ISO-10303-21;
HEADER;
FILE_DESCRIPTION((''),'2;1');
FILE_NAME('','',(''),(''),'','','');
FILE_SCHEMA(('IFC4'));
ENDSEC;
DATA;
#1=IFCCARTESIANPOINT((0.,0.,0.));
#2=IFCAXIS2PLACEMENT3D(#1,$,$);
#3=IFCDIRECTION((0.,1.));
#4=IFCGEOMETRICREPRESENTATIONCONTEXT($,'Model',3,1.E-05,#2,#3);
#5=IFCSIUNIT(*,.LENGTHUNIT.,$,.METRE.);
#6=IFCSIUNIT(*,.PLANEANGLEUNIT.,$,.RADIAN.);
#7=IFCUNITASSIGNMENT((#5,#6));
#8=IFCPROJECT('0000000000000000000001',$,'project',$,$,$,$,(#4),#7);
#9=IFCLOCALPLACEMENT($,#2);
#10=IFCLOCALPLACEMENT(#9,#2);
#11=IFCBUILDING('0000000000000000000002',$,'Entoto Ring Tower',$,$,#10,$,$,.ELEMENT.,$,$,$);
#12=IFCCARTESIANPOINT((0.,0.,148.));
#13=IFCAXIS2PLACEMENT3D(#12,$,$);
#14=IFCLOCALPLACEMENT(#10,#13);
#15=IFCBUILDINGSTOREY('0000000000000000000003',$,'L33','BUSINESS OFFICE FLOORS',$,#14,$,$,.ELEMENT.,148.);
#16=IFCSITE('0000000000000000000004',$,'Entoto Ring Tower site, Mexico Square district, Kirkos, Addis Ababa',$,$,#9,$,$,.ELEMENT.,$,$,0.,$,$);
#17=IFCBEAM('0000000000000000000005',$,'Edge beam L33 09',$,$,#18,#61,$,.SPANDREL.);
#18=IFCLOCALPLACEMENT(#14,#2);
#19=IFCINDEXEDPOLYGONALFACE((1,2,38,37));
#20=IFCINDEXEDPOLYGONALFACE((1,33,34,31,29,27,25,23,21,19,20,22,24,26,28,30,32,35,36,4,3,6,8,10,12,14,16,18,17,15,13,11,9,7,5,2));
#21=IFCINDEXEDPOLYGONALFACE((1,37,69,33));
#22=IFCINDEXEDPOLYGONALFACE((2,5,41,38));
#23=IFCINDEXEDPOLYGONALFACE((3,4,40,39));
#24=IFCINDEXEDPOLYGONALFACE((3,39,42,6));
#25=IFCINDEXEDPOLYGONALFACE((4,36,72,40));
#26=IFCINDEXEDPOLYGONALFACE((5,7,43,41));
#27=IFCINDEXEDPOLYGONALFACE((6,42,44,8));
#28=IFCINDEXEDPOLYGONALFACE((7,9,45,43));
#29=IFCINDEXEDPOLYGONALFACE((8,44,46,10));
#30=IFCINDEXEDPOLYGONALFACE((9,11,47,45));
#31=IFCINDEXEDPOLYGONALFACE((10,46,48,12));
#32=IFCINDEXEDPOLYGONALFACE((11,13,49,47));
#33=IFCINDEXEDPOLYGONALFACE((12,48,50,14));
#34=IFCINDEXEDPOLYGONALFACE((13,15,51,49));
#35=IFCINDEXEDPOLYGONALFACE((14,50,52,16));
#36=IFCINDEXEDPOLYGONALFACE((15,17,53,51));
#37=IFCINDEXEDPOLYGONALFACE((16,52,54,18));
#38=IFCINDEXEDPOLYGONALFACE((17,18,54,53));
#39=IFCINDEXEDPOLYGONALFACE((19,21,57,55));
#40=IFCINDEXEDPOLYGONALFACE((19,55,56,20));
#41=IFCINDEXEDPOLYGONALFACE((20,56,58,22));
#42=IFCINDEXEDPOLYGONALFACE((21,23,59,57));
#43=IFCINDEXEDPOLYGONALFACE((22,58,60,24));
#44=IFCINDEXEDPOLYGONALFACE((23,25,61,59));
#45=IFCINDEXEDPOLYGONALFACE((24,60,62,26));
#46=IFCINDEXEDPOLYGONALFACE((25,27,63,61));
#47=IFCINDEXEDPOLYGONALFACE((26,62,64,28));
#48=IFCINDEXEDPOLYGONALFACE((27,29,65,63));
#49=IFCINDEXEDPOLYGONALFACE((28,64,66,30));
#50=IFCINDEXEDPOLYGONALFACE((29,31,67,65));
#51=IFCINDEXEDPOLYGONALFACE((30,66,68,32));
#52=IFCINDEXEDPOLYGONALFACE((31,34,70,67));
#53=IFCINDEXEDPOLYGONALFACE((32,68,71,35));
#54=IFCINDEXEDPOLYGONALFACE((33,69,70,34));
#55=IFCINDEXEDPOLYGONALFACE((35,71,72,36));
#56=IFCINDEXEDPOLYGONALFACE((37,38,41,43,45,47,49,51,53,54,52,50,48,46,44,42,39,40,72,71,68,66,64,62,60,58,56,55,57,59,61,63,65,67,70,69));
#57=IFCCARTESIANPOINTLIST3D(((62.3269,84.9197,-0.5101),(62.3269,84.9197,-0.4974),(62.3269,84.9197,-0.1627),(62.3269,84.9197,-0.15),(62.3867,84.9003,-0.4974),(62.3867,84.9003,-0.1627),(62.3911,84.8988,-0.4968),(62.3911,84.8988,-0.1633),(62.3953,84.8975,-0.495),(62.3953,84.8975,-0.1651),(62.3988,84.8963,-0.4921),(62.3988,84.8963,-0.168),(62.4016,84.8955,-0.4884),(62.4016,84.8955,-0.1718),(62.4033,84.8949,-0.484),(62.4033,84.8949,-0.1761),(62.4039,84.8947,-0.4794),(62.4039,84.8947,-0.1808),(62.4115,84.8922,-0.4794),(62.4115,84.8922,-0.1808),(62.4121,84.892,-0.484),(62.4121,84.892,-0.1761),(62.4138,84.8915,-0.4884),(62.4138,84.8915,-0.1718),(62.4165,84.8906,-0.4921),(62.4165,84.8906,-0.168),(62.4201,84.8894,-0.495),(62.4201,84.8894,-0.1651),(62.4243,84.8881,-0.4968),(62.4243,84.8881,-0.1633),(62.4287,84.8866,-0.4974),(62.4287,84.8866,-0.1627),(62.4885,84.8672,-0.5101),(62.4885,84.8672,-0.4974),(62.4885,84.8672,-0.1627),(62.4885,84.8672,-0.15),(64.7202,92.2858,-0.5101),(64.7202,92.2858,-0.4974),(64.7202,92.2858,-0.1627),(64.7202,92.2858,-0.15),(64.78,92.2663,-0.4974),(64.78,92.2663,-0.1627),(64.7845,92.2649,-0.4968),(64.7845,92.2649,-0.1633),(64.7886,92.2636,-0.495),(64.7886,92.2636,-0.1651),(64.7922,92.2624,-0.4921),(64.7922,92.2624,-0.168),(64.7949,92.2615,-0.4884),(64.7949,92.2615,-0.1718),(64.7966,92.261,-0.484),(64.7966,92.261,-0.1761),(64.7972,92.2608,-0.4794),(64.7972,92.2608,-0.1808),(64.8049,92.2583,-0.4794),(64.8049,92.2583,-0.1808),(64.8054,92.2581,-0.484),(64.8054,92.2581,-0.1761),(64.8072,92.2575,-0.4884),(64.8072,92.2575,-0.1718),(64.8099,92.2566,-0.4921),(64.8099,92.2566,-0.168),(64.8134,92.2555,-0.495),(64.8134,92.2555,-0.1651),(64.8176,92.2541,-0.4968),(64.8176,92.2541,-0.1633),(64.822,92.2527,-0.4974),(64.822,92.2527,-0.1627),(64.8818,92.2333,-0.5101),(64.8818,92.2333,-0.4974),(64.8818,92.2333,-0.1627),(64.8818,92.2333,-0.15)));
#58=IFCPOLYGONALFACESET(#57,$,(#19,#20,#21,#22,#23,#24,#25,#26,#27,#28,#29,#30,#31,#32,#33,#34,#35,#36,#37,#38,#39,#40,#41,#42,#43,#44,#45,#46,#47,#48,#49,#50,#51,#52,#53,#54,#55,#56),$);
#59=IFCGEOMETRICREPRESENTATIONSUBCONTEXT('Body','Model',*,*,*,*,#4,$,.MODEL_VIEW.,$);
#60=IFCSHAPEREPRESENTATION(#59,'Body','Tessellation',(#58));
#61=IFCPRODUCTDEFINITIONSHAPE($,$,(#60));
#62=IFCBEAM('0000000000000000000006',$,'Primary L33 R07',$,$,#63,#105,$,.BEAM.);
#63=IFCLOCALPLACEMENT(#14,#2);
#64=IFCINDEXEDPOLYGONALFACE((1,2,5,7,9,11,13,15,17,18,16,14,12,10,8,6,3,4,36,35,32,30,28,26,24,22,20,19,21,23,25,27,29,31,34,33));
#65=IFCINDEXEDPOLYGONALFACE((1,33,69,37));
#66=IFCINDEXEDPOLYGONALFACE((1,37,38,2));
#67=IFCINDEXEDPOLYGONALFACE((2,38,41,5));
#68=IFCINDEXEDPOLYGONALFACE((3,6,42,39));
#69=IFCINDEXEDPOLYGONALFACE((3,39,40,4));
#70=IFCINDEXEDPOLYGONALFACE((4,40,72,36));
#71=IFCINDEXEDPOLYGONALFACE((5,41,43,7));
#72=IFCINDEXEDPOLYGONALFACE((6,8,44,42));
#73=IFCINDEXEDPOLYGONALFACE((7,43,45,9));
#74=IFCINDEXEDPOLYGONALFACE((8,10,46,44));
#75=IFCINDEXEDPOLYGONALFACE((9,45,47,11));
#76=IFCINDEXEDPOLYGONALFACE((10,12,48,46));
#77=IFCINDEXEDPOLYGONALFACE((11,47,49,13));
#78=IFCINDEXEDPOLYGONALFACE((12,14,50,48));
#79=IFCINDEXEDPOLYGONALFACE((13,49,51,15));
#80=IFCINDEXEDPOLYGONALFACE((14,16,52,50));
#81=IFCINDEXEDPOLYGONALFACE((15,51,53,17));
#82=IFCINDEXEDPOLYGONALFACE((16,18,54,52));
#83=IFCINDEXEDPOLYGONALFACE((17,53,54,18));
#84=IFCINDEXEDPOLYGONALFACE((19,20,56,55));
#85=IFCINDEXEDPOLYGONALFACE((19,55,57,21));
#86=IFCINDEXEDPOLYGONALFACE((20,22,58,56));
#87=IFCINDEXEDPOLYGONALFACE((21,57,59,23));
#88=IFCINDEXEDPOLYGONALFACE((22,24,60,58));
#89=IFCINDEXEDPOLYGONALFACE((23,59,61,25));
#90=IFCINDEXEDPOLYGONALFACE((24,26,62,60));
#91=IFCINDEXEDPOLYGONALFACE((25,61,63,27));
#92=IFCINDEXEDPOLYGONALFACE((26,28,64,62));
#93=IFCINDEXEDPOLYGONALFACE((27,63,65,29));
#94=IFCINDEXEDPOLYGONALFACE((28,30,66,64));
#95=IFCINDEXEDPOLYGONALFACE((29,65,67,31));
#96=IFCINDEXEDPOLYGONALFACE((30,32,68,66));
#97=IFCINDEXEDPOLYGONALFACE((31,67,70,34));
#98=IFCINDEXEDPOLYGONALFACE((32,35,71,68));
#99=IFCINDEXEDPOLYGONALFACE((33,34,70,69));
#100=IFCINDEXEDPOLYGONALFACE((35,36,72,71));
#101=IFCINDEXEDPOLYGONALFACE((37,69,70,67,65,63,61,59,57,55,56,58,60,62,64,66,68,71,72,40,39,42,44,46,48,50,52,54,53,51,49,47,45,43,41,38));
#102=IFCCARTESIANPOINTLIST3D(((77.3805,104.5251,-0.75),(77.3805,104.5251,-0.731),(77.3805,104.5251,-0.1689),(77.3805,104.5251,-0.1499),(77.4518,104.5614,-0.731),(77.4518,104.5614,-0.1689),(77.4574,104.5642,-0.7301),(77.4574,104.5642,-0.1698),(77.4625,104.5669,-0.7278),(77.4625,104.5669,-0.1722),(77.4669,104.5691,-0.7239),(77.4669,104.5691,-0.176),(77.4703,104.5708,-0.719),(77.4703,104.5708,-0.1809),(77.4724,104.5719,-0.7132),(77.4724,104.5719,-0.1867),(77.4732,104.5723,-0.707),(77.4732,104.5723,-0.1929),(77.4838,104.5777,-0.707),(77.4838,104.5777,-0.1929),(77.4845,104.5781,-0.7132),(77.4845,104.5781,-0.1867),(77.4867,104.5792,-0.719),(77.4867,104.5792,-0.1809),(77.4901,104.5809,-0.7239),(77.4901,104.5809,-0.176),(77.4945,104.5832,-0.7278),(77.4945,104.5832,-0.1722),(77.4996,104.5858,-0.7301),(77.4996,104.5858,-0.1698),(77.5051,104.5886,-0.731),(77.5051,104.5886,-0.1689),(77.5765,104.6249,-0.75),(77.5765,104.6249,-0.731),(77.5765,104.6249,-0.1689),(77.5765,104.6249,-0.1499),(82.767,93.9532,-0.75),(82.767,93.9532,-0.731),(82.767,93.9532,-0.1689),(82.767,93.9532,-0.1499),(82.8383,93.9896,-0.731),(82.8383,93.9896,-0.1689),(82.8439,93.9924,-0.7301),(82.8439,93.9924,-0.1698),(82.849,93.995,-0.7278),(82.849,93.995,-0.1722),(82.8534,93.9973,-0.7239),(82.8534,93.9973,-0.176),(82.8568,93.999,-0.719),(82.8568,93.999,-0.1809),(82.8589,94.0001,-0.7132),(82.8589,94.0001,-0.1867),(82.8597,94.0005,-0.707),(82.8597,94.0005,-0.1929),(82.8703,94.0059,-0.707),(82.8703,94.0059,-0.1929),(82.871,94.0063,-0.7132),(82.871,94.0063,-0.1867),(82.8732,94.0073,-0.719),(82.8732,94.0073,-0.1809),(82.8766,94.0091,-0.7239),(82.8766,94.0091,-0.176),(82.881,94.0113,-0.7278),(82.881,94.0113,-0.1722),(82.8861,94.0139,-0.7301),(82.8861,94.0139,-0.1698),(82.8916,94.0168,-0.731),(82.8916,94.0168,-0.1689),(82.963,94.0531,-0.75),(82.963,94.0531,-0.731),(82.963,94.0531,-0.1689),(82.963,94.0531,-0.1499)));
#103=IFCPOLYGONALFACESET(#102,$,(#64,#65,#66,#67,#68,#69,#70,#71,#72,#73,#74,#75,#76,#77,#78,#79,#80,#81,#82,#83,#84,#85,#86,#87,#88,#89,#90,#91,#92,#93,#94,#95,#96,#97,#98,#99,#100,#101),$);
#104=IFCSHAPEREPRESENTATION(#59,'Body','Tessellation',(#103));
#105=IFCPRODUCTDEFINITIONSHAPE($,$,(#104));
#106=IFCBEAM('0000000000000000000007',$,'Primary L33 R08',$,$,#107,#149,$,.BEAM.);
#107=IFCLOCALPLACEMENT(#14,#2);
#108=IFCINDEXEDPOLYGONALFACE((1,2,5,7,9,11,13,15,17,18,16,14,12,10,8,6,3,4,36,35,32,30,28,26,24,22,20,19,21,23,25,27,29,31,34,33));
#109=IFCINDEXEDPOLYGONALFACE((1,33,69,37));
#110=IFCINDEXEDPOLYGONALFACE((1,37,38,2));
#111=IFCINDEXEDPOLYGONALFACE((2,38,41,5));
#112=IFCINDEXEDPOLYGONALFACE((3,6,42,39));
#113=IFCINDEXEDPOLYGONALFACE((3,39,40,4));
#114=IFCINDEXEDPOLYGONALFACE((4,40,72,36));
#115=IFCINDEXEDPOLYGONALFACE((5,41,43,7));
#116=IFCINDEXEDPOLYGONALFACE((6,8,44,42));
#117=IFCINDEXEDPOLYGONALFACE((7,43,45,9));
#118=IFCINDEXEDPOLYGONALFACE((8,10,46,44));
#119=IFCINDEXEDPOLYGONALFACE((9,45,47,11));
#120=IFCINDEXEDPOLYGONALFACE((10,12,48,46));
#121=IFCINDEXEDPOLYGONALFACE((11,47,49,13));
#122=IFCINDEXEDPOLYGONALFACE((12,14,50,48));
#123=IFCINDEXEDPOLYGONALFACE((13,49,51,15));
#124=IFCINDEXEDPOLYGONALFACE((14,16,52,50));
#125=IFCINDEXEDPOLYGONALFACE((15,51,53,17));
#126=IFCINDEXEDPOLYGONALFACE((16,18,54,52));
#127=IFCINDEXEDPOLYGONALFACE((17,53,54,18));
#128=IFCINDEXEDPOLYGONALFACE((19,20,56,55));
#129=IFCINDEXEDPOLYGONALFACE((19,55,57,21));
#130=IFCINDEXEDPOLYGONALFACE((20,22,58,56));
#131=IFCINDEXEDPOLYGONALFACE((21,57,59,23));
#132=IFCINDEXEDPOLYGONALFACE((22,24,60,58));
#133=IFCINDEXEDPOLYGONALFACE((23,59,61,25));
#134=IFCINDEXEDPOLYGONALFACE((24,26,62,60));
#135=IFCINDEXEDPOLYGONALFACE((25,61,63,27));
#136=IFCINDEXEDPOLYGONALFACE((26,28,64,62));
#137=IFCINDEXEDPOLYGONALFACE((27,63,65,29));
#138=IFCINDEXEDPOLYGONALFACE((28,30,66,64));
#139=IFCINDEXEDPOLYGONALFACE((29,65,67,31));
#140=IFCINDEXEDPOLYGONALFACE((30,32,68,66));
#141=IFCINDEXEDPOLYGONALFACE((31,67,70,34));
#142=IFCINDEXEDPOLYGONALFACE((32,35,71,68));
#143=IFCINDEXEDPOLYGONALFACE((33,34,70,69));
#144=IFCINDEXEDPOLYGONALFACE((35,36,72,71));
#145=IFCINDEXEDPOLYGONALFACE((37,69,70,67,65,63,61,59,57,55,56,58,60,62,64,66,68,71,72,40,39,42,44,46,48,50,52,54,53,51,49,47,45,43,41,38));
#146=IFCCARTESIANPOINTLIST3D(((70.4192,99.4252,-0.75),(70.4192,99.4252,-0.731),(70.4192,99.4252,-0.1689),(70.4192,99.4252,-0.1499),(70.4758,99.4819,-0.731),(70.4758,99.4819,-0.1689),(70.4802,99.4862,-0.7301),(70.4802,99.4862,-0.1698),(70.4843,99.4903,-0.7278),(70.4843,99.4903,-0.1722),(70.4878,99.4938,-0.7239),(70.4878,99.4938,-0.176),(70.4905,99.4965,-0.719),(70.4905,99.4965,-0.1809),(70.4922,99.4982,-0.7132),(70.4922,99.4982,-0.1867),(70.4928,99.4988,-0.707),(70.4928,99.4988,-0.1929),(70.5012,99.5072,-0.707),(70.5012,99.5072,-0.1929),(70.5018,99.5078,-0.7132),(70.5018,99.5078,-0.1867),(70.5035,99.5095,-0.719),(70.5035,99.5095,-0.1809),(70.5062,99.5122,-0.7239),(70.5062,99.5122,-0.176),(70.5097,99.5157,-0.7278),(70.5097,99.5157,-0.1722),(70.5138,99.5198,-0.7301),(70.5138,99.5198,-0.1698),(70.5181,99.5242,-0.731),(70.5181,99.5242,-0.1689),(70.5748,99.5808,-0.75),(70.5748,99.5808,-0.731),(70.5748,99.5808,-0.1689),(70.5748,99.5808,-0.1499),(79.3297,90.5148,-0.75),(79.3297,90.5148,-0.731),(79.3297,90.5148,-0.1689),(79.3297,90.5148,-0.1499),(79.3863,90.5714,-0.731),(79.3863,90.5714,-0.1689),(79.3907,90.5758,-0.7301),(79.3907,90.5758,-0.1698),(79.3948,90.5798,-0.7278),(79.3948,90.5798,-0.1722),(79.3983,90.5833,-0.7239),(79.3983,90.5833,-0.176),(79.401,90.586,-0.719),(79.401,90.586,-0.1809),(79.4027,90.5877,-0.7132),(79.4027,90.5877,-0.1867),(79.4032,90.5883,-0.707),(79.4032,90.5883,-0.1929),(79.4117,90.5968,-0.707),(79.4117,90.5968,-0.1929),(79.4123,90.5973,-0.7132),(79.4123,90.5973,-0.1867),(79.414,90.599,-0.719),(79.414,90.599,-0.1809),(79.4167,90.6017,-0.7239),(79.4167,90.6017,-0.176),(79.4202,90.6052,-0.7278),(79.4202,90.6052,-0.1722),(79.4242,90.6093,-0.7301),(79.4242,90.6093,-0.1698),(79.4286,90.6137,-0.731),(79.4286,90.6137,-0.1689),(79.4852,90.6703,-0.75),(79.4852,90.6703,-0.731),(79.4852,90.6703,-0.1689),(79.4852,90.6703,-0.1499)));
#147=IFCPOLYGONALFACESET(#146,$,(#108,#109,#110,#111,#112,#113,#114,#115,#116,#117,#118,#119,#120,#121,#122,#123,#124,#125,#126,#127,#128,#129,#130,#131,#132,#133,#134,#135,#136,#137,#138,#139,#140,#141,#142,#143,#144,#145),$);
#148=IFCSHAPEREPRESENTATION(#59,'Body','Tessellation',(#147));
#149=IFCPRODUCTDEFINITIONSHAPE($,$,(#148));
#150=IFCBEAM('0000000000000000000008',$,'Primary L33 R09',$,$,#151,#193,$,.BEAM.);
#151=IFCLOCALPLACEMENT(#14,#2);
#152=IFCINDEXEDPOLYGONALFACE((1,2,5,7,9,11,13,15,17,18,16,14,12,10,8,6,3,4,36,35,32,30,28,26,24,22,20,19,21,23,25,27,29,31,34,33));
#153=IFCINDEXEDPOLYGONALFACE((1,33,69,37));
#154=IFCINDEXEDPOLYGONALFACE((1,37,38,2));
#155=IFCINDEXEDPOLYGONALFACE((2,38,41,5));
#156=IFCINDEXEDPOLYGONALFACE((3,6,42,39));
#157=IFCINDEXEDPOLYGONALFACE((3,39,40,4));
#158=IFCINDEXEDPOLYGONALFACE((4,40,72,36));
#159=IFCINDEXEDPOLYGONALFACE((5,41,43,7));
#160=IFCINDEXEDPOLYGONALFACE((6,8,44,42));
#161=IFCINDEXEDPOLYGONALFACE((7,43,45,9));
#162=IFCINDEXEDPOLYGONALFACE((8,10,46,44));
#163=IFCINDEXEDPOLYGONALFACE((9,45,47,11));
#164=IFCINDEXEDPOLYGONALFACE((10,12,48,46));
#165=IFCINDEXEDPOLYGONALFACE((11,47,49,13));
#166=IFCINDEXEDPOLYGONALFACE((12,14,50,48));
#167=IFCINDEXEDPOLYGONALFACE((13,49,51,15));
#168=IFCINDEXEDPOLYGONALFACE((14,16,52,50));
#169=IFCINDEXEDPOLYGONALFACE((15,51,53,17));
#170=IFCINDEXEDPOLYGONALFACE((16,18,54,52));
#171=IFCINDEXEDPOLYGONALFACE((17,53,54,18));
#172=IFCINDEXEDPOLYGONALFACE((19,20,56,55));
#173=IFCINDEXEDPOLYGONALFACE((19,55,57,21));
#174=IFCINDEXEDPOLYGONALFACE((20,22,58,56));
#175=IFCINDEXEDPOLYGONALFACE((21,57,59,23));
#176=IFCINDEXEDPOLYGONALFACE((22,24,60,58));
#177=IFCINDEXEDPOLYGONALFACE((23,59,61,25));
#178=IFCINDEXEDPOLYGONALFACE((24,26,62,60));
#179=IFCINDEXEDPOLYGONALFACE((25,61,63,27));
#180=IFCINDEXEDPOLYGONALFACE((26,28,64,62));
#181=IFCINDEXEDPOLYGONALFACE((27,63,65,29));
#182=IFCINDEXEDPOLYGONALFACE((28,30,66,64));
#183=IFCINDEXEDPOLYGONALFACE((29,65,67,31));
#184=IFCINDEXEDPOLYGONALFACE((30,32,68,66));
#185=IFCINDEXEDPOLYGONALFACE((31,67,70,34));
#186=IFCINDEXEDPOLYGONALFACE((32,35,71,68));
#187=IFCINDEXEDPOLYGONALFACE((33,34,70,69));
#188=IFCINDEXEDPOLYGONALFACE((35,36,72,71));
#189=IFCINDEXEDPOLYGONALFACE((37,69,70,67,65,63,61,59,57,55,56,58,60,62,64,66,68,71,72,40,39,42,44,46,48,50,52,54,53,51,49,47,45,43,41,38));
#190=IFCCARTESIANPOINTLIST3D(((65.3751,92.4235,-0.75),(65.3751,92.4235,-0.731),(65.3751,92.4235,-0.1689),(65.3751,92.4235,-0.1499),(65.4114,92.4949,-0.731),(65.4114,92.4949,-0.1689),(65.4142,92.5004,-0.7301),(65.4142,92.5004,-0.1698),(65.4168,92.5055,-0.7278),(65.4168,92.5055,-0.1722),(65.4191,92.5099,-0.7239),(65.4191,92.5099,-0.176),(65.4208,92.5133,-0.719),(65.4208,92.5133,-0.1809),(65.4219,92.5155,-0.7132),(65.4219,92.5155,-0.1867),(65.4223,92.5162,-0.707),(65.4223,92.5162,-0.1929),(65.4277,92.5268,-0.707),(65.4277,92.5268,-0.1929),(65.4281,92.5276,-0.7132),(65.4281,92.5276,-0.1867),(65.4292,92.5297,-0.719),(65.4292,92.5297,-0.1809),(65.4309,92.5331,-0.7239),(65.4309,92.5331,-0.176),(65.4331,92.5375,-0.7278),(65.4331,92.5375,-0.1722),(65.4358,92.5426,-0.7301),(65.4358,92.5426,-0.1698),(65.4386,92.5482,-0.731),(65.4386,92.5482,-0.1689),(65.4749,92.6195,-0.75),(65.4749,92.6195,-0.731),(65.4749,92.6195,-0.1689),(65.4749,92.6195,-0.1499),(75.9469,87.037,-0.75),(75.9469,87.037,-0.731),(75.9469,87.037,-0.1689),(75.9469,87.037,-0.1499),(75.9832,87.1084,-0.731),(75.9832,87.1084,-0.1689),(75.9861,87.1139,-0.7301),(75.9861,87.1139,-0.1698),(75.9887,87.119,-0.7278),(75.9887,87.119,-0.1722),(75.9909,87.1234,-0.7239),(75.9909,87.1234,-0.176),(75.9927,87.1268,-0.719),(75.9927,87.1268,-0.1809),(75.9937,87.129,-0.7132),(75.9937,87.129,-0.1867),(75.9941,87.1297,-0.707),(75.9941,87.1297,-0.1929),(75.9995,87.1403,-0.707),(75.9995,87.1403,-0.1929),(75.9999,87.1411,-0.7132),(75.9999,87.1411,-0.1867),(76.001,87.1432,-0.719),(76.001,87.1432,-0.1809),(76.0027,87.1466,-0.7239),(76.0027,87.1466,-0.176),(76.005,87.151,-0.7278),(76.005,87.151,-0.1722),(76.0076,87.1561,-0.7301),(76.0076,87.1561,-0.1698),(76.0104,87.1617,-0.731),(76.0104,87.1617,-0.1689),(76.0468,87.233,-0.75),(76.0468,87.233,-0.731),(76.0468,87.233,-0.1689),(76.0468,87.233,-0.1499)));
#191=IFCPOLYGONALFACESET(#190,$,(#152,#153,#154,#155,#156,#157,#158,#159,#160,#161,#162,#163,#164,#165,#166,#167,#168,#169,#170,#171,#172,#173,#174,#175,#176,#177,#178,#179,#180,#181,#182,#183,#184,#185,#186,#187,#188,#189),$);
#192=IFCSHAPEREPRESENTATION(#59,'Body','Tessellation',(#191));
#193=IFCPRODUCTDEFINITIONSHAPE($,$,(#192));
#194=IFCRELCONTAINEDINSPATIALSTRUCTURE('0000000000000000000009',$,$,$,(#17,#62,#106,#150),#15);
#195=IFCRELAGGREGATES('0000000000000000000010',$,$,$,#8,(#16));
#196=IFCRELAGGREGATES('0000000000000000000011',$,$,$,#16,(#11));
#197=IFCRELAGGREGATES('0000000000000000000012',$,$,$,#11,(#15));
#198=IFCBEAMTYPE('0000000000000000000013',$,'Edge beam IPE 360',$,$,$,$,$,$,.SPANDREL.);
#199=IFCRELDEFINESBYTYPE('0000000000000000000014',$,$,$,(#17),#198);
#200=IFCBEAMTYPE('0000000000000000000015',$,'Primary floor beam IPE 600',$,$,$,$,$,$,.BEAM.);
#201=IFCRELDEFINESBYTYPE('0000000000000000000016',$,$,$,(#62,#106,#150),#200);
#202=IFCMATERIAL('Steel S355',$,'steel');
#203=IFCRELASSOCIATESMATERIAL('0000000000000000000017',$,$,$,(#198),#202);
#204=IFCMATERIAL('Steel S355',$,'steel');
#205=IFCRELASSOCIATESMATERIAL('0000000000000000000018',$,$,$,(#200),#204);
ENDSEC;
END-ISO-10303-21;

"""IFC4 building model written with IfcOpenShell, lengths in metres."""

from ifc_helpers import new_model, si_unit, direction, frame, origin, origin_2d, place, context, subcontext, project, spatial, i_section, extrude, material, material_profile, profile_set, type_object, element, save


model = new_model("IFC4")

# Units and contexts
model_context = context("Model", 3, precision=1e-05, world=origin(), true_north=direction((0.0, 1.0)))
body_context = subcontext(model_context, "Body", "Model", "MODEL_VIEW")
ifc_project = project(units=[si_unit("LENGTHUNIT", "METRE"), si_unit("PLANEANGLEUNIT", "RADIAN")], contexts=[model_context])

# Site, building, storey
site_placement = place(None, origin())
site = spatial("IfcSite", under=ifc_project, at=site_placement, Name="Entoto Ring Tower site, Mexico Square district, Kirkos, Addis Ababa", CompositionType="ELEMENT", RefElevation=0.0)
building_placement = place(site_placement, origin())
building = spatial("IfcBuilding", under=site, at=building_placement, Name="Entoto Ring Tower", CompositionType="ELEMENT")
storey_placement = place(building_placement, frame((0.0, 0.0, 148.0)))
storey = spatial("IfcBuildingStorey", under=building, at=storey_placement, Name="L33", Description="BUSINESS OFFICE FLOORS", CompositionType="ELEMENT", Elevation=148.0)

# Beams
ifc_material_1 = material(Name="Steel S355", Category="steel")
ifc_material_profile_1 = material_profile(ifc_material_1, i_section(OverallWidth=0.1699, OverallDepth=0.3601, WebThickness=0.0081, FlangeThickness=0.0127, FilletRadius=0.0181, at=origin_2d()), Name="IPE 360")
ifc_profile_set_1 = profile_set([ifc_material_profile_1], Name="Steel S355")
beam_type_1 = type_object("IfcBeamType", Name="Edge beam IPE 360", PredefinedType="SPANDREL", material=ifc_profile_set_1)
for number, where, z_axis, x_axis, name in (
    (1, (64.801, 92.2595, -0.3301), (-0.309013, -0.951058, 0.0), (0.951058, -0.309013, 0.0), "Edge beam L33 09"),
):
    element("IfcBeam", number, at=place(storey_placement, frame(where, z_axis=z_axis, x_axis=x_axis)), inside=storey, type_object=beam_type_1, Name=name, PredefinedType="SPANDREL", context=body_context, shape_type="SweptSolid", body=[
        extrude(i_section(OverallWidth=0.1699, OverallDepth=0.3601, WebThickness=0.0081, FlangeThickness=0.0127, FilletRadius=0.0181, at=origin_2d()), origin(), (0.0, 0.0, 1.0), 7.7451),
    ])
ifc_material_2 = material(Name="Steel S355", Category="steel")
ifc_material_profile_2 = material_profile(ifc_material_2, i_section(OverallWidth=0.22, OverallDepth=0.6001, WebThickness=0.012, FlangeThickness=0.019, FilletRadius=0.0239, at=origin_2d()), Name="IPE 600")
ifc_profile_set_2 = profile_set([ifc_material_profile_2], Name="Steel S355")
beam_type_2 = type_object("IfcBeamType", Name="Primary floor beam IPE 600", PredefinedType="BEAM", material=ifc_profile_set_2)
beam_1_placement = place(storey_placement, frame((82.865, 94.0032, -0.45), z_axis=(-0.453983, 0.89101, 0.0), x_axis=(-0.89101, -0.453983, 0.0)))
element("IfcBeam", 2, at=beam_1_placement, inside=storey, type_object=beam_type_2, Name="Primary L33 R07", PredefinedType="BEAM", context=body_context, shape_type="SweptSolid", body=[
    extrude(i_section(OverallWidth=0.22, OverallDepth=0.6001, WebThickness=0.012, FlangeThickness=0.019, FilletRadius=0.0239, at=origin_2d()), origin(), (0.0, 0.0, 1.0), 11.865),
])
beam_2_placement = place(storey_placement, frame((79.4075, 90.5925, -0.45), z_axis=(-0.707107, 0.707107, 0.0), x_axis=(-0.707107, -0.707107, 0.0)))
element("IfcBeam", 3, at=beam_2_placement, inside=storey, type_object=beam_type_2, Name="Primary L33 R08", PredefinedType="BEAM", context=body_context, shape_type="SweptSolid", body=[
    extrude(i_section(OverallWidth=0.22, OverallDepth=0.6001, WebThickness=0.012, FlangeThickness=0.019, FilletRadius=0.0239, at=origin_2d()), origin(), (0.0, 0.0, 1.0), 12.6013),
])
beam_3_placement = place(storey_placement, frame((75.9968, 87.135, -0.45), z_axis=(-0.89101, 0.453983, 0.0), x_axis=(-0.453983, -0.89101, 0.0)))
element("IfcBeam", 4, at=beam_3_placement, inside=storey, type_object=beam_type_2, Name="Primary L33 R09", PredefinedType="BEAM", context=body_context, shape_type="SweptSolid", body=[
    extrude(i_section(OverallWidth=0.22, OverallDepth=0.6001, WebThickness=0.012, FlangeThickness=0.019, FilletRadius=0.0239, at=origin_2d()), origin(), (0.0, 0.0, 1.0), 11.865),
])

save(model, "model.ifc")
